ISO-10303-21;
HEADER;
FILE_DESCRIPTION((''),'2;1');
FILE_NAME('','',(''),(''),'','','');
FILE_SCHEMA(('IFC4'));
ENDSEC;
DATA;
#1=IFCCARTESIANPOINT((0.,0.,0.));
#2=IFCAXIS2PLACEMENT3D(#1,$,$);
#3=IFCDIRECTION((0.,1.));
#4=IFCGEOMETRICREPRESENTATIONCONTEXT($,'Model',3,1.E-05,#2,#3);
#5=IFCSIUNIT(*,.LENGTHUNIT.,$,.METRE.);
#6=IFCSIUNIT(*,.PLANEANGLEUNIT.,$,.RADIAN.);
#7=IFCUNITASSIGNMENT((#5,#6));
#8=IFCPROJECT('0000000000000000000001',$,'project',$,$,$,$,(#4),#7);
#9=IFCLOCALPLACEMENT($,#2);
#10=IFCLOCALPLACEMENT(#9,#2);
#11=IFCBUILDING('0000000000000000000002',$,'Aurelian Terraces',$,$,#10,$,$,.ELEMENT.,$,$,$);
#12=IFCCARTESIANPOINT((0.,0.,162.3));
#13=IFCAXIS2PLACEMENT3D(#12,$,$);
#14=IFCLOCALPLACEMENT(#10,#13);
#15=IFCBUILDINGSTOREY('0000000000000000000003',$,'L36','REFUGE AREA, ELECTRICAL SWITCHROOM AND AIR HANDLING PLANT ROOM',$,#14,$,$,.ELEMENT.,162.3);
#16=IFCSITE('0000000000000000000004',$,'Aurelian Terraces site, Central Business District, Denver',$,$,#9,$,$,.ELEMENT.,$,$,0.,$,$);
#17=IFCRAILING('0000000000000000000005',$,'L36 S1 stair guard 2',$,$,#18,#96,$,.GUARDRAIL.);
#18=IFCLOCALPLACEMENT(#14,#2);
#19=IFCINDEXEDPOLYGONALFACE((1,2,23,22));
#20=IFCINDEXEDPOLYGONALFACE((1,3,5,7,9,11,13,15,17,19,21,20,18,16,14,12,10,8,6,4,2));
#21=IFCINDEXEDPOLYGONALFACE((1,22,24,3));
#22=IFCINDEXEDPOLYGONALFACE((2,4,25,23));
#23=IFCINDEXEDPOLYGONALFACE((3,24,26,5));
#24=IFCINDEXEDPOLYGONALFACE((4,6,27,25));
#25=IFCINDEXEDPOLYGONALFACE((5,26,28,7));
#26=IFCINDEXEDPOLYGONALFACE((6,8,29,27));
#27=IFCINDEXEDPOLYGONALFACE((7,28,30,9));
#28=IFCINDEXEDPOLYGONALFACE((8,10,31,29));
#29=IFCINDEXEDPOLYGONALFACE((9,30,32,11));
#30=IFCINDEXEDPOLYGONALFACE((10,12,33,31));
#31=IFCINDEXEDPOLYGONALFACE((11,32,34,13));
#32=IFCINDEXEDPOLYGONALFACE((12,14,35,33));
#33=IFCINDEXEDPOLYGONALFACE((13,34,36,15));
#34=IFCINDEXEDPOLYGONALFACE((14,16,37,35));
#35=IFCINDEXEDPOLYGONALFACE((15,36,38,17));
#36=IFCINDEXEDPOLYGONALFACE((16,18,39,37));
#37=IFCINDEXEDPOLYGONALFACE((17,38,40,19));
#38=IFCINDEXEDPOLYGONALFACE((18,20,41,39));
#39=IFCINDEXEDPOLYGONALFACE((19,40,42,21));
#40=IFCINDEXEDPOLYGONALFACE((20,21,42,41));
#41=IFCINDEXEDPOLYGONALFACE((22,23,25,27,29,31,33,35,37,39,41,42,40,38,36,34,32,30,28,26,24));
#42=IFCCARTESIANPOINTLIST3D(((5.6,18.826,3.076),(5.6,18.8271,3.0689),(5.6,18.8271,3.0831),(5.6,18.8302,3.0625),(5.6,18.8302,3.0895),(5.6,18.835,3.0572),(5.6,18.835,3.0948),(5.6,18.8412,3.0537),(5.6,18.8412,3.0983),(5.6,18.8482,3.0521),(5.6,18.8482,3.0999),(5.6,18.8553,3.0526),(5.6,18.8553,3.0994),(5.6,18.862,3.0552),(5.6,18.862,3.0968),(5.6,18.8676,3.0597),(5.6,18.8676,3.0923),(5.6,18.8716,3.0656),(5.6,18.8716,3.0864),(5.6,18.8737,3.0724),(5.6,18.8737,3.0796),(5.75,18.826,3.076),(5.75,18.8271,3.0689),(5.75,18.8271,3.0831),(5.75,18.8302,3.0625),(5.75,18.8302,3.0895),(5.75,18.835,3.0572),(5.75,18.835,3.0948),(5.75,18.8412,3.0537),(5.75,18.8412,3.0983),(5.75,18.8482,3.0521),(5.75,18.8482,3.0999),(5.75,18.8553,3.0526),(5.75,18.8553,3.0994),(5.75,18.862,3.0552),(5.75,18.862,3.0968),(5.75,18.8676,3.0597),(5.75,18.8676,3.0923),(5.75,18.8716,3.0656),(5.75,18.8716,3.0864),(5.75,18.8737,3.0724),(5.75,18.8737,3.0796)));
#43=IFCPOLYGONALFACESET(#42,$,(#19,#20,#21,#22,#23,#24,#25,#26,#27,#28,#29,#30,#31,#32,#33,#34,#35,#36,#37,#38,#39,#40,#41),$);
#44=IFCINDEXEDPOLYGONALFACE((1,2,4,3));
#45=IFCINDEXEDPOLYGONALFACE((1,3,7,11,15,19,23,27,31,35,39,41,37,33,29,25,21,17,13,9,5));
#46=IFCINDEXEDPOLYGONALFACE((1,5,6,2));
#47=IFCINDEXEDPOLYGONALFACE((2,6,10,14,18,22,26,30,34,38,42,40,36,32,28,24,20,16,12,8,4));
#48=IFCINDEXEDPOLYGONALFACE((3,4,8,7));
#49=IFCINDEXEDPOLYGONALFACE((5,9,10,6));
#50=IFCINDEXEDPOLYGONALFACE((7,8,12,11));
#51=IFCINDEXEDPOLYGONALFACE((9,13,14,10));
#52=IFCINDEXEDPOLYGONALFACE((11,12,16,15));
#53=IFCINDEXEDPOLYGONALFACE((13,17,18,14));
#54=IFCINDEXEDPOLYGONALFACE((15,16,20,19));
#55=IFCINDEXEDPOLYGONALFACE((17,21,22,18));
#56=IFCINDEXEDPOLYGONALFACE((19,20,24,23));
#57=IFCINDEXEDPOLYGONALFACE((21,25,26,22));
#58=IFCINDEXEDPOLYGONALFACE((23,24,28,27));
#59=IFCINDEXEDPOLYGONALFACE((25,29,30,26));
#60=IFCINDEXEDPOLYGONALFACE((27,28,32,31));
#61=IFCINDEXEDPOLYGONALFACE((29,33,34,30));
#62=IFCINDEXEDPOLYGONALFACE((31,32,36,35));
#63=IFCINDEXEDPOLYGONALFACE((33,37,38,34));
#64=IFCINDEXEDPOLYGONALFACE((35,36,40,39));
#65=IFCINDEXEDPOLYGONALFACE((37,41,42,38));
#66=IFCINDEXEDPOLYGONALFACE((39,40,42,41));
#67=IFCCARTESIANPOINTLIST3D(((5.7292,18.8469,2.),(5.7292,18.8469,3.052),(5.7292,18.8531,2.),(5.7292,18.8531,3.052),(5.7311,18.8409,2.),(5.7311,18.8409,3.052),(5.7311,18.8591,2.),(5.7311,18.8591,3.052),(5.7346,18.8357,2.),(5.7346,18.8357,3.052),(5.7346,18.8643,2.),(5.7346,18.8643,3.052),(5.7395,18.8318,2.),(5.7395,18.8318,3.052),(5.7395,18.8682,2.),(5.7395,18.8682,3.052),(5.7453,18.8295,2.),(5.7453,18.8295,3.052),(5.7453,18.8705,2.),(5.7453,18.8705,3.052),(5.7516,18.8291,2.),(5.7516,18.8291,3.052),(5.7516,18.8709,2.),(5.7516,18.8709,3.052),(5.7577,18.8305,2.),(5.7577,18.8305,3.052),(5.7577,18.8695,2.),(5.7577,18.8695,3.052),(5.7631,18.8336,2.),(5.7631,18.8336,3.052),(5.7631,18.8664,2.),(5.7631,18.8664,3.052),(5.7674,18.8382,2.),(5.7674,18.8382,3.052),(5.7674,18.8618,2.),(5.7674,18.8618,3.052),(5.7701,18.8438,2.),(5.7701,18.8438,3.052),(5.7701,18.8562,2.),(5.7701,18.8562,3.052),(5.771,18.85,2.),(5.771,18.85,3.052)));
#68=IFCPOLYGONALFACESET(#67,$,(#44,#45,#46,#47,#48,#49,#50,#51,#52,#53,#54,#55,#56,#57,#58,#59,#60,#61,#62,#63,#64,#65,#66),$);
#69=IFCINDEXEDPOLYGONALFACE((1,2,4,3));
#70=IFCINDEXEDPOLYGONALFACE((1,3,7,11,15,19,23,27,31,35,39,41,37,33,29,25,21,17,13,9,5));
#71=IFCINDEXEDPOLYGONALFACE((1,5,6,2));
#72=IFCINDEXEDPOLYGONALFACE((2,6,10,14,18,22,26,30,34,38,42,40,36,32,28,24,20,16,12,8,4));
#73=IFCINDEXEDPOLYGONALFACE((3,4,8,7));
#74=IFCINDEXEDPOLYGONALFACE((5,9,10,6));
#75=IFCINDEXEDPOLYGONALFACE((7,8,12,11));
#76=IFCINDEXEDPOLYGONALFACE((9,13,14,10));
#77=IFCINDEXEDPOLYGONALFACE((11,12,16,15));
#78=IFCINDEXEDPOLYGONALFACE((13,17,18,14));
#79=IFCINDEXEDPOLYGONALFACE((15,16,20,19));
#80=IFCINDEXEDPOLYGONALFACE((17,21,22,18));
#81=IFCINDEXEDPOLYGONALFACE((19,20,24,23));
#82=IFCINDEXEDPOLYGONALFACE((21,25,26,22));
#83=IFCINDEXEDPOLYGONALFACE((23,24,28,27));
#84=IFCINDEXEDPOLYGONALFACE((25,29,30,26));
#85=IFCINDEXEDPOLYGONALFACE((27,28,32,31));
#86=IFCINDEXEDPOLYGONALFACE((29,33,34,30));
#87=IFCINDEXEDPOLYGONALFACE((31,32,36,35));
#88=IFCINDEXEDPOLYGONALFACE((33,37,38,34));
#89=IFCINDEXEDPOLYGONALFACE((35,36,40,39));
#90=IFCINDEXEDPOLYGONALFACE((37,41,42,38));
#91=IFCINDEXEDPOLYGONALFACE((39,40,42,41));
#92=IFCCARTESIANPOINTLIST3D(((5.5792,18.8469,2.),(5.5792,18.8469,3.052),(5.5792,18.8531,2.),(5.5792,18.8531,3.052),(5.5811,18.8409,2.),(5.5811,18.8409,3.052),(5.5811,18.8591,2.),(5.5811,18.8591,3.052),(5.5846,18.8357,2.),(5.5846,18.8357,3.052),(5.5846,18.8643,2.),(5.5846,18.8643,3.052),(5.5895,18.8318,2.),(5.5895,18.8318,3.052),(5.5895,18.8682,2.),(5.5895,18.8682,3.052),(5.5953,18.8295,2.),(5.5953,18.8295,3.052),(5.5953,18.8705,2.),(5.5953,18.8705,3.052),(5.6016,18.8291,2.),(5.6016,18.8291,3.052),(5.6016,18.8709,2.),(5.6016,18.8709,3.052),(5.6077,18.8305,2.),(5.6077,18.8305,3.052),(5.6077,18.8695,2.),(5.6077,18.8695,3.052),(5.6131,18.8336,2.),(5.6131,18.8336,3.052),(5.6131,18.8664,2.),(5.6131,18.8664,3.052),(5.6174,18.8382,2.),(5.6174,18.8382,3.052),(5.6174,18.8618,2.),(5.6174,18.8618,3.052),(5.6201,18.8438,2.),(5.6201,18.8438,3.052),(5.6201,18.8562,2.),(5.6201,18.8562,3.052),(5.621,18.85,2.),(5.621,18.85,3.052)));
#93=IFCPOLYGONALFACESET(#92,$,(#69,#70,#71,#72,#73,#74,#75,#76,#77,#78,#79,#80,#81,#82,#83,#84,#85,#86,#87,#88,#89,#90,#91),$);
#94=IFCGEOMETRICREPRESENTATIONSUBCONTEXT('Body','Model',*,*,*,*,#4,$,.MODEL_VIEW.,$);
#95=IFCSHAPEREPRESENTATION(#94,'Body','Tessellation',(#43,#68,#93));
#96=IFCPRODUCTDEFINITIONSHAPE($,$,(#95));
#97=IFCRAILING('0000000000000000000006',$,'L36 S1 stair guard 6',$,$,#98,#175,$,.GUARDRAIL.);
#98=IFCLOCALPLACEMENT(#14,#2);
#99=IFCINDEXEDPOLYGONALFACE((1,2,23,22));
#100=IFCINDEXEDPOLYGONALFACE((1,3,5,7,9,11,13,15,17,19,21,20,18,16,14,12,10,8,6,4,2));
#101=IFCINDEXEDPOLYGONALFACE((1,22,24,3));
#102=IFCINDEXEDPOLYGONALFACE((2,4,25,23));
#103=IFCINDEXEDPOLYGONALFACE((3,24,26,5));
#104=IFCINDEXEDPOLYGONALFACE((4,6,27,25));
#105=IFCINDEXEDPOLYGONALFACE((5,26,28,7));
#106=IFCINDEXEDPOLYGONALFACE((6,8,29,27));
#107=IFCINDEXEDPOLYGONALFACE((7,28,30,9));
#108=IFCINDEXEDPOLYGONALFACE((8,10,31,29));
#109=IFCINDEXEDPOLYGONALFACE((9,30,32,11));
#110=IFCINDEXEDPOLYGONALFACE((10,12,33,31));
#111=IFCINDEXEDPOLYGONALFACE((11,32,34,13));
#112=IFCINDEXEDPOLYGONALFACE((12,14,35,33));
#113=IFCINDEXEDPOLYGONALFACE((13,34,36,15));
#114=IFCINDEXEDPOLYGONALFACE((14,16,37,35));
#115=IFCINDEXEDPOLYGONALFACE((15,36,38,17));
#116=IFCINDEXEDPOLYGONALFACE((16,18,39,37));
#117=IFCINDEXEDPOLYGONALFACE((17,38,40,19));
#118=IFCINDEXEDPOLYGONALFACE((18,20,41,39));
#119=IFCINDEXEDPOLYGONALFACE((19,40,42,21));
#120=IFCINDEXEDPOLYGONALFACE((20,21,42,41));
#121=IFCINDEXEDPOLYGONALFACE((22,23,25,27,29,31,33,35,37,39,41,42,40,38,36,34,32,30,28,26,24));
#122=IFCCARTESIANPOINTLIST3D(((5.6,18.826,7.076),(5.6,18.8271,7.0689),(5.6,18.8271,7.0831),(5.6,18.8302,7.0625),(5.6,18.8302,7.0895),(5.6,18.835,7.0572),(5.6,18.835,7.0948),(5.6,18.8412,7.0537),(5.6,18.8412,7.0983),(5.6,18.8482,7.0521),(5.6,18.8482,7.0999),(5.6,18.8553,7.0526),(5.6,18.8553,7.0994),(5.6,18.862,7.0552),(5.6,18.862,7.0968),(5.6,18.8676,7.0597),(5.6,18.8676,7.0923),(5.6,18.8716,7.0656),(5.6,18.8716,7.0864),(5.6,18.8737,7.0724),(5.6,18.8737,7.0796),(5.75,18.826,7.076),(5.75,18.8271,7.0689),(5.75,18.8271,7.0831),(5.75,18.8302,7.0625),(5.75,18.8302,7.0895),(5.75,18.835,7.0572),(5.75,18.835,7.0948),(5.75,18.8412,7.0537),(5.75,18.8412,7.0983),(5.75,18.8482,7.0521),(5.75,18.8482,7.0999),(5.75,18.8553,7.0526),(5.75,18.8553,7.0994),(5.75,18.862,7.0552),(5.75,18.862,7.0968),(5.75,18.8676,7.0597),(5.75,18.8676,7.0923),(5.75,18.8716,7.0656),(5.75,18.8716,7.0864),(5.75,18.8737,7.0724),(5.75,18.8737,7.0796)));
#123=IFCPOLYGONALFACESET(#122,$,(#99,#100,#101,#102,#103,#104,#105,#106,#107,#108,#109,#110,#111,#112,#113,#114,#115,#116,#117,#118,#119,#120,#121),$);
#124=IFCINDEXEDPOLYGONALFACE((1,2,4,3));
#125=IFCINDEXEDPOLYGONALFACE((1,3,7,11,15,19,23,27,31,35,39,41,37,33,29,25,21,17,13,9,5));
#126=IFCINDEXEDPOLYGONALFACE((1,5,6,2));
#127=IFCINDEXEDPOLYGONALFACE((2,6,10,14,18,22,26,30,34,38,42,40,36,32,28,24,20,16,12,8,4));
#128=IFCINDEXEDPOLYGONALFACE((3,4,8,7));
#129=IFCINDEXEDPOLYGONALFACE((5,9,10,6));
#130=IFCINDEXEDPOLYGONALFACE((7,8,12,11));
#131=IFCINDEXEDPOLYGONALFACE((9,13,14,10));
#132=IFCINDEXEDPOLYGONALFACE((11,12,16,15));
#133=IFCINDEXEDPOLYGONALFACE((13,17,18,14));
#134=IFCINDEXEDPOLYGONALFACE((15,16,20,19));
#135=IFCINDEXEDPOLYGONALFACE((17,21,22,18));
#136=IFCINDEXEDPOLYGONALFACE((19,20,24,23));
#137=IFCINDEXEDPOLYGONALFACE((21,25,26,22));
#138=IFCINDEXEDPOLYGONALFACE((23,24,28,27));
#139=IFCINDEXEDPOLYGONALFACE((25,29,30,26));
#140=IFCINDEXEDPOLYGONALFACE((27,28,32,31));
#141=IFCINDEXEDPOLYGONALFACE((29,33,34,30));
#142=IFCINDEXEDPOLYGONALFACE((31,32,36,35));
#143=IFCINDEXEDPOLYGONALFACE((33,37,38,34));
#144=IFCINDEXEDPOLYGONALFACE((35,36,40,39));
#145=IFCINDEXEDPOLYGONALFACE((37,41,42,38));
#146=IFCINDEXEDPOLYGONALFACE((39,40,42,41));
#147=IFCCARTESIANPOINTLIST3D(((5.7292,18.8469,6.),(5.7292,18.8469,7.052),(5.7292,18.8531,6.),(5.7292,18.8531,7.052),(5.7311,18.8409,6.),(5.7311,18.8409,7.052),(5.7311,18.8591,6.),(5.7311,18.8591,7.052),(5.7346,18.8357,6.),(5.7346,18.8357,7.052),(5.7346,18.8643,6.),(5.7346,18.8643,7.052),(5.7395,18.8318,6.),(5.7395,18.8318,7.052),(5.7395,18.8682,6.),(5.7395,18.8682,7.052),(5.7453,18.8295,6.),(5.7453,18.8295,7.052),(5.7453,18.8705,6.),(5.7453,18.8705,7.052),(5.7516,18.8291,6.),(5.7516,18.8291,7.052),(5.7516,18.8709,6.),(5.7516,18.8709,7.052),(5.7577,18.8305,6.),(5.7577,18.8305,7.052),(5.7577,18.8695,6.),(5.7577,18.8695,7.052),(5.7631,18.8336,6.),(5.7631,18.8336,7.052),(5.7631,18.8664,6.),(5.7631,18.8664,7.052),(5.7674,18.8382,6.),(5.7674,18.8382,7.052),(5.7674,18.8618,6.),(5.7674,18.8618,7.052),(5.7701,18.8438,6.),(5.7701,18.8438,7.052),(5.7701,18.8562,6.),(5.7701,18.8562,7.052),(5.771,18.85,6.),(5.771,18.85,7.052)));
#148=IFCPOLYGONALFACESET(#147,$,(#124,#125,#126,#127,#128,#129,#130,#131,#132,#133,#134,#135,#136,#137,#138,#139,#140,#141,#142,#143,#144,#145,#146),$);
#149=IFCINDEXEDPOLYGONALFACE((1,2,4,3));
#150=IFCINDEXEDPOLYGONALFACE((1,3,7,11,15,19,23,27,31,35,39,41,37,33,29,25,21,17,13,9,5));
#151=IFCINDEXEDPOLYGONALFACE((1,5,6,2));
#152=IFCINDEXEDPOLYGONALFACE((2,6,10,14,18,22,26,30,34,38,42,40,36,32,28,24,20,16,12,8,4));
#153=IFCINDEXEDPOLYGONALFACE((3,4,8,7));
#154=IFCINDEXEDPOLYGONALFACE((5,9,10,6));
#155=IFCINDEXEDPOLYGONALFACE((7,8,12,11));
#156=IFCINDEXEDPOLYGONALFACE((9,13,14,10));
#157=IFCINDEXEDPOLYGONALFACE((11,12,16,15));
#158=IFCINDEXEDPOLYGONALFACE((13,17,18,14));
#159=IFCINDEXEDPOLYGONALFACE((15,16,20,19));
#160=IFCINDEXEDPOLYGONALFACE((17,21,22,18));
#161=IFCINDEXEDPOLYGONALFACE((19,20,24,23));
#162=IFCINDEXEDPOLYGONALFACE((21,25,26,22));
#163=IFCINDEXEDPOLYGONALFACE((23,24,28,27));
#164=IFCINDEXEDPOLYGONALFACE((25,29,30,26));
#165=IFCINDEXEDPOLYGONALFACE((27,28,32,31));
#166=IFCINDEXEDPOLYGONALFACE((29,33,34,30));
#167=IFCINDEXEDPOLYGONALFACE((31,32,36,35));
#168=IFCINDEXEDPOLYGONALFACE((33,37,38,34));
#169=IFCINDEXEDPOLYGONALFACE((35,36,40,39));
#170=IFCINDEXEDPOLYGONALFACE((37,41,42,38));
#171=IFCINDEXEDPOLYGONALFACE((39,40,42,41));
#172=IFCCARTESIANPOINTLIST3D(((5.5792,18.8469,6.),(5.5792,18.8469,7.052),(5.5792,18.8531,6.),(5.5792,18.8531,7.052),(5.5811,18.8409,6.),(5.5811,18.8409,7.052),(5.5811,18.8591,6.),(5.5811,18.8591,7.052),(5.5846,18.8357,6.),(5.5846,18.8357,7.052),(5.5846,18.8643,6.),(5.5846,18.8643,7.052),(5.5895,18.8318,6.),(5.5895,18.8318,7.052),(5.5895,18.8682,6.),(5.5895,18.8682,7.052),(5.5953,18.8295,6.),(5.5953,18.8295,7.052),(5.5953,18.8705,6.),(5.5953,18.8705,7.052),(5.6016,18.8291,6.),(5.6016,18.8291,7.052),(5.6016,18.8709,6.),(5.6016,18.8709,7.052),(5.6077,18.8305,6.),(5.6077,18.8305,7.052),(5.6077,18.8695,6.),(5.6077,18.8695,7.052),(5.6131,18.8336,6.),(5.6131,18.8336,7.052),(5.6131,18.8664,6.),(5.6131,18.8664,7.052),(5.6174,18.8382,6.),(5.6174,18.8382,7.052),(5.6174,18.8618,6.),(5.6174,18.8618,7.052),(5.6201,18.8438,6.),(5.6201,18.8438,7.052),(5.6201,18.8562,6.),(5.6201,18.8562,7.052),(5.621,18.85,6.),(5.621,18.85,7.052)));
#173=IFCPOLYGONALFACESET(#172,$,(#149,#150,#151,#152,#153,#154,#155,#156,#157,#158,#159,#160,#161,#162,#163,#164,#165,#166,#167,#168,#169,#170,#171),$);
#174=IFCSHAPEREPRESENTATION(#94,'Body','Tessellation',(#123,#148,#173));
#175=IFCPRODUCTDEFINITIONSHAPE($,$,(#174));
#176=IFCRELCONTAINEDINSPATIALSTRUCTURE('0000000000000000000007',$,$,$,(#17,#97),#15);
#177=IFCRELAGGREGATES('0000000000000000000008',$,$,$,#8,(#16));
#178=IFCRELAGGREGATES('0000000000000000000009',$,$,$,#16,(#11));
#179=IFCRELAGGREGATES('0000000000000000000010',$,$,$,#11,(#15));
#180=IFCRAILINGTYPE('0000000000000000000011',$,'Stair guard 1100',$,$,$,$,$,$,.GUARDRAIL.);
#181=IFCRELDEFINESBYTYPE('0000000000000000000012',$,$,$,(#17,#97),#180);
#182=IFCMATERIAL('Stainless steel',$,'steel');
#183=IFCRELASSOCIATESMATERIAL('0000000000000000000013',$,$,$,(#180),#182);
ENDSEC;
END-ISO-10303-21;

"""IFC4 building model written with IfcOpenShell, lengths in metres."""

from ifc_helpers import new_model, si_unit, direction, frame, origin, origin_2d, place, context, subcontext, project, spatial, circle, extrude, source, transform, mapped, material, type_object, element, save


model = new_model("IFC4")

# Units and contexts
model_context = context("Model", 3, precision=1e-05, world=origin(), true_north=direction((0.0, 1.0)))
body_context = subcontext(model_context, "Body", "Model", "MODEL_VIEW")
ifc_project = project(units=[si_unit("LENGTHUNIT", "METRE"), si_unit("PLANEANGLEUNIT", "RADIAN")], contexts=[model_context])

# Site, building, storey
site_placement = place(None, origin())
site = spatial("IfcSite", under=ifc_project, at=site_placement, Name="Aurelian Terraces site, Central Business District, Denver", CompositionType="ELEMENT", RefElevation=0.0)
building_placement = place(site_placement, origin())
building = spatial("IfcBuilding", under=site, at=building_placement, Name="Aurelian Terraces", CompositionType="ELEMENT")
storey_placement = place(building_placement, frame((0.0, 0.0, 162.3)))
storey = spatial("IfcBuildingStorey", under=building, at=storey_placement, Name="L36", Description="REFUGE AREA, ELECTRICAL SWITCHROOM AND AIR HANDLING PLANT ROOM", CompositionType="ELEMENT", Elevation=162.3)

# Railings
ifc_material_1 = material(Name="Stainless steel", Category="steel")
railing_type_1 = type_object("IfcRailingType", Name="Stair guard 1100", PredefinedType="GUARDRAIL", material=ifc_material_1)
shared_shape_1 = source(origin(), body_context, "Body", "SweptSolid", [
    extrude(circle(Radius=0.024, at=origin_2d()), frame((0.0, 0.0, 1.076), z_axis=(-1.0, 0.0, 0.0), x_axis=(0.0, -1.0, 0.0)), (0.0, 0.0, 1.0), 0.15),
    extrude(circle(Radius=0.021, at=origin_2d()), origin(), (0.0, 0.0, 1.0), 1.052),
    extrude(circle(Radius=0.021, at=origin_2d()), frame((-0.15, 0.0, 0.0)), (0.0, 0.0, 1.0), 1.052),
])
for number, where, name in (
    (1, (5.75, 18.85, 2.0), "L36 S1 stair guard 2"),
    (2, (5.75, 18.85, 6.0), "L36 S1 stair guard 6"),
):
    element("IfcRailing", number, at=place(storey_placement, frame(where)), inside=storey, type_object=railing_type_1, Name=name, PredefinedType="GUARDRAIL", context=body_context, shape_type="MappedRepresentation", body=[
        mapped(shared_shape_1, transform((0.0, 0.0, 0.0), scale=1.0)),
    ])

save(model, "model.ifc")
